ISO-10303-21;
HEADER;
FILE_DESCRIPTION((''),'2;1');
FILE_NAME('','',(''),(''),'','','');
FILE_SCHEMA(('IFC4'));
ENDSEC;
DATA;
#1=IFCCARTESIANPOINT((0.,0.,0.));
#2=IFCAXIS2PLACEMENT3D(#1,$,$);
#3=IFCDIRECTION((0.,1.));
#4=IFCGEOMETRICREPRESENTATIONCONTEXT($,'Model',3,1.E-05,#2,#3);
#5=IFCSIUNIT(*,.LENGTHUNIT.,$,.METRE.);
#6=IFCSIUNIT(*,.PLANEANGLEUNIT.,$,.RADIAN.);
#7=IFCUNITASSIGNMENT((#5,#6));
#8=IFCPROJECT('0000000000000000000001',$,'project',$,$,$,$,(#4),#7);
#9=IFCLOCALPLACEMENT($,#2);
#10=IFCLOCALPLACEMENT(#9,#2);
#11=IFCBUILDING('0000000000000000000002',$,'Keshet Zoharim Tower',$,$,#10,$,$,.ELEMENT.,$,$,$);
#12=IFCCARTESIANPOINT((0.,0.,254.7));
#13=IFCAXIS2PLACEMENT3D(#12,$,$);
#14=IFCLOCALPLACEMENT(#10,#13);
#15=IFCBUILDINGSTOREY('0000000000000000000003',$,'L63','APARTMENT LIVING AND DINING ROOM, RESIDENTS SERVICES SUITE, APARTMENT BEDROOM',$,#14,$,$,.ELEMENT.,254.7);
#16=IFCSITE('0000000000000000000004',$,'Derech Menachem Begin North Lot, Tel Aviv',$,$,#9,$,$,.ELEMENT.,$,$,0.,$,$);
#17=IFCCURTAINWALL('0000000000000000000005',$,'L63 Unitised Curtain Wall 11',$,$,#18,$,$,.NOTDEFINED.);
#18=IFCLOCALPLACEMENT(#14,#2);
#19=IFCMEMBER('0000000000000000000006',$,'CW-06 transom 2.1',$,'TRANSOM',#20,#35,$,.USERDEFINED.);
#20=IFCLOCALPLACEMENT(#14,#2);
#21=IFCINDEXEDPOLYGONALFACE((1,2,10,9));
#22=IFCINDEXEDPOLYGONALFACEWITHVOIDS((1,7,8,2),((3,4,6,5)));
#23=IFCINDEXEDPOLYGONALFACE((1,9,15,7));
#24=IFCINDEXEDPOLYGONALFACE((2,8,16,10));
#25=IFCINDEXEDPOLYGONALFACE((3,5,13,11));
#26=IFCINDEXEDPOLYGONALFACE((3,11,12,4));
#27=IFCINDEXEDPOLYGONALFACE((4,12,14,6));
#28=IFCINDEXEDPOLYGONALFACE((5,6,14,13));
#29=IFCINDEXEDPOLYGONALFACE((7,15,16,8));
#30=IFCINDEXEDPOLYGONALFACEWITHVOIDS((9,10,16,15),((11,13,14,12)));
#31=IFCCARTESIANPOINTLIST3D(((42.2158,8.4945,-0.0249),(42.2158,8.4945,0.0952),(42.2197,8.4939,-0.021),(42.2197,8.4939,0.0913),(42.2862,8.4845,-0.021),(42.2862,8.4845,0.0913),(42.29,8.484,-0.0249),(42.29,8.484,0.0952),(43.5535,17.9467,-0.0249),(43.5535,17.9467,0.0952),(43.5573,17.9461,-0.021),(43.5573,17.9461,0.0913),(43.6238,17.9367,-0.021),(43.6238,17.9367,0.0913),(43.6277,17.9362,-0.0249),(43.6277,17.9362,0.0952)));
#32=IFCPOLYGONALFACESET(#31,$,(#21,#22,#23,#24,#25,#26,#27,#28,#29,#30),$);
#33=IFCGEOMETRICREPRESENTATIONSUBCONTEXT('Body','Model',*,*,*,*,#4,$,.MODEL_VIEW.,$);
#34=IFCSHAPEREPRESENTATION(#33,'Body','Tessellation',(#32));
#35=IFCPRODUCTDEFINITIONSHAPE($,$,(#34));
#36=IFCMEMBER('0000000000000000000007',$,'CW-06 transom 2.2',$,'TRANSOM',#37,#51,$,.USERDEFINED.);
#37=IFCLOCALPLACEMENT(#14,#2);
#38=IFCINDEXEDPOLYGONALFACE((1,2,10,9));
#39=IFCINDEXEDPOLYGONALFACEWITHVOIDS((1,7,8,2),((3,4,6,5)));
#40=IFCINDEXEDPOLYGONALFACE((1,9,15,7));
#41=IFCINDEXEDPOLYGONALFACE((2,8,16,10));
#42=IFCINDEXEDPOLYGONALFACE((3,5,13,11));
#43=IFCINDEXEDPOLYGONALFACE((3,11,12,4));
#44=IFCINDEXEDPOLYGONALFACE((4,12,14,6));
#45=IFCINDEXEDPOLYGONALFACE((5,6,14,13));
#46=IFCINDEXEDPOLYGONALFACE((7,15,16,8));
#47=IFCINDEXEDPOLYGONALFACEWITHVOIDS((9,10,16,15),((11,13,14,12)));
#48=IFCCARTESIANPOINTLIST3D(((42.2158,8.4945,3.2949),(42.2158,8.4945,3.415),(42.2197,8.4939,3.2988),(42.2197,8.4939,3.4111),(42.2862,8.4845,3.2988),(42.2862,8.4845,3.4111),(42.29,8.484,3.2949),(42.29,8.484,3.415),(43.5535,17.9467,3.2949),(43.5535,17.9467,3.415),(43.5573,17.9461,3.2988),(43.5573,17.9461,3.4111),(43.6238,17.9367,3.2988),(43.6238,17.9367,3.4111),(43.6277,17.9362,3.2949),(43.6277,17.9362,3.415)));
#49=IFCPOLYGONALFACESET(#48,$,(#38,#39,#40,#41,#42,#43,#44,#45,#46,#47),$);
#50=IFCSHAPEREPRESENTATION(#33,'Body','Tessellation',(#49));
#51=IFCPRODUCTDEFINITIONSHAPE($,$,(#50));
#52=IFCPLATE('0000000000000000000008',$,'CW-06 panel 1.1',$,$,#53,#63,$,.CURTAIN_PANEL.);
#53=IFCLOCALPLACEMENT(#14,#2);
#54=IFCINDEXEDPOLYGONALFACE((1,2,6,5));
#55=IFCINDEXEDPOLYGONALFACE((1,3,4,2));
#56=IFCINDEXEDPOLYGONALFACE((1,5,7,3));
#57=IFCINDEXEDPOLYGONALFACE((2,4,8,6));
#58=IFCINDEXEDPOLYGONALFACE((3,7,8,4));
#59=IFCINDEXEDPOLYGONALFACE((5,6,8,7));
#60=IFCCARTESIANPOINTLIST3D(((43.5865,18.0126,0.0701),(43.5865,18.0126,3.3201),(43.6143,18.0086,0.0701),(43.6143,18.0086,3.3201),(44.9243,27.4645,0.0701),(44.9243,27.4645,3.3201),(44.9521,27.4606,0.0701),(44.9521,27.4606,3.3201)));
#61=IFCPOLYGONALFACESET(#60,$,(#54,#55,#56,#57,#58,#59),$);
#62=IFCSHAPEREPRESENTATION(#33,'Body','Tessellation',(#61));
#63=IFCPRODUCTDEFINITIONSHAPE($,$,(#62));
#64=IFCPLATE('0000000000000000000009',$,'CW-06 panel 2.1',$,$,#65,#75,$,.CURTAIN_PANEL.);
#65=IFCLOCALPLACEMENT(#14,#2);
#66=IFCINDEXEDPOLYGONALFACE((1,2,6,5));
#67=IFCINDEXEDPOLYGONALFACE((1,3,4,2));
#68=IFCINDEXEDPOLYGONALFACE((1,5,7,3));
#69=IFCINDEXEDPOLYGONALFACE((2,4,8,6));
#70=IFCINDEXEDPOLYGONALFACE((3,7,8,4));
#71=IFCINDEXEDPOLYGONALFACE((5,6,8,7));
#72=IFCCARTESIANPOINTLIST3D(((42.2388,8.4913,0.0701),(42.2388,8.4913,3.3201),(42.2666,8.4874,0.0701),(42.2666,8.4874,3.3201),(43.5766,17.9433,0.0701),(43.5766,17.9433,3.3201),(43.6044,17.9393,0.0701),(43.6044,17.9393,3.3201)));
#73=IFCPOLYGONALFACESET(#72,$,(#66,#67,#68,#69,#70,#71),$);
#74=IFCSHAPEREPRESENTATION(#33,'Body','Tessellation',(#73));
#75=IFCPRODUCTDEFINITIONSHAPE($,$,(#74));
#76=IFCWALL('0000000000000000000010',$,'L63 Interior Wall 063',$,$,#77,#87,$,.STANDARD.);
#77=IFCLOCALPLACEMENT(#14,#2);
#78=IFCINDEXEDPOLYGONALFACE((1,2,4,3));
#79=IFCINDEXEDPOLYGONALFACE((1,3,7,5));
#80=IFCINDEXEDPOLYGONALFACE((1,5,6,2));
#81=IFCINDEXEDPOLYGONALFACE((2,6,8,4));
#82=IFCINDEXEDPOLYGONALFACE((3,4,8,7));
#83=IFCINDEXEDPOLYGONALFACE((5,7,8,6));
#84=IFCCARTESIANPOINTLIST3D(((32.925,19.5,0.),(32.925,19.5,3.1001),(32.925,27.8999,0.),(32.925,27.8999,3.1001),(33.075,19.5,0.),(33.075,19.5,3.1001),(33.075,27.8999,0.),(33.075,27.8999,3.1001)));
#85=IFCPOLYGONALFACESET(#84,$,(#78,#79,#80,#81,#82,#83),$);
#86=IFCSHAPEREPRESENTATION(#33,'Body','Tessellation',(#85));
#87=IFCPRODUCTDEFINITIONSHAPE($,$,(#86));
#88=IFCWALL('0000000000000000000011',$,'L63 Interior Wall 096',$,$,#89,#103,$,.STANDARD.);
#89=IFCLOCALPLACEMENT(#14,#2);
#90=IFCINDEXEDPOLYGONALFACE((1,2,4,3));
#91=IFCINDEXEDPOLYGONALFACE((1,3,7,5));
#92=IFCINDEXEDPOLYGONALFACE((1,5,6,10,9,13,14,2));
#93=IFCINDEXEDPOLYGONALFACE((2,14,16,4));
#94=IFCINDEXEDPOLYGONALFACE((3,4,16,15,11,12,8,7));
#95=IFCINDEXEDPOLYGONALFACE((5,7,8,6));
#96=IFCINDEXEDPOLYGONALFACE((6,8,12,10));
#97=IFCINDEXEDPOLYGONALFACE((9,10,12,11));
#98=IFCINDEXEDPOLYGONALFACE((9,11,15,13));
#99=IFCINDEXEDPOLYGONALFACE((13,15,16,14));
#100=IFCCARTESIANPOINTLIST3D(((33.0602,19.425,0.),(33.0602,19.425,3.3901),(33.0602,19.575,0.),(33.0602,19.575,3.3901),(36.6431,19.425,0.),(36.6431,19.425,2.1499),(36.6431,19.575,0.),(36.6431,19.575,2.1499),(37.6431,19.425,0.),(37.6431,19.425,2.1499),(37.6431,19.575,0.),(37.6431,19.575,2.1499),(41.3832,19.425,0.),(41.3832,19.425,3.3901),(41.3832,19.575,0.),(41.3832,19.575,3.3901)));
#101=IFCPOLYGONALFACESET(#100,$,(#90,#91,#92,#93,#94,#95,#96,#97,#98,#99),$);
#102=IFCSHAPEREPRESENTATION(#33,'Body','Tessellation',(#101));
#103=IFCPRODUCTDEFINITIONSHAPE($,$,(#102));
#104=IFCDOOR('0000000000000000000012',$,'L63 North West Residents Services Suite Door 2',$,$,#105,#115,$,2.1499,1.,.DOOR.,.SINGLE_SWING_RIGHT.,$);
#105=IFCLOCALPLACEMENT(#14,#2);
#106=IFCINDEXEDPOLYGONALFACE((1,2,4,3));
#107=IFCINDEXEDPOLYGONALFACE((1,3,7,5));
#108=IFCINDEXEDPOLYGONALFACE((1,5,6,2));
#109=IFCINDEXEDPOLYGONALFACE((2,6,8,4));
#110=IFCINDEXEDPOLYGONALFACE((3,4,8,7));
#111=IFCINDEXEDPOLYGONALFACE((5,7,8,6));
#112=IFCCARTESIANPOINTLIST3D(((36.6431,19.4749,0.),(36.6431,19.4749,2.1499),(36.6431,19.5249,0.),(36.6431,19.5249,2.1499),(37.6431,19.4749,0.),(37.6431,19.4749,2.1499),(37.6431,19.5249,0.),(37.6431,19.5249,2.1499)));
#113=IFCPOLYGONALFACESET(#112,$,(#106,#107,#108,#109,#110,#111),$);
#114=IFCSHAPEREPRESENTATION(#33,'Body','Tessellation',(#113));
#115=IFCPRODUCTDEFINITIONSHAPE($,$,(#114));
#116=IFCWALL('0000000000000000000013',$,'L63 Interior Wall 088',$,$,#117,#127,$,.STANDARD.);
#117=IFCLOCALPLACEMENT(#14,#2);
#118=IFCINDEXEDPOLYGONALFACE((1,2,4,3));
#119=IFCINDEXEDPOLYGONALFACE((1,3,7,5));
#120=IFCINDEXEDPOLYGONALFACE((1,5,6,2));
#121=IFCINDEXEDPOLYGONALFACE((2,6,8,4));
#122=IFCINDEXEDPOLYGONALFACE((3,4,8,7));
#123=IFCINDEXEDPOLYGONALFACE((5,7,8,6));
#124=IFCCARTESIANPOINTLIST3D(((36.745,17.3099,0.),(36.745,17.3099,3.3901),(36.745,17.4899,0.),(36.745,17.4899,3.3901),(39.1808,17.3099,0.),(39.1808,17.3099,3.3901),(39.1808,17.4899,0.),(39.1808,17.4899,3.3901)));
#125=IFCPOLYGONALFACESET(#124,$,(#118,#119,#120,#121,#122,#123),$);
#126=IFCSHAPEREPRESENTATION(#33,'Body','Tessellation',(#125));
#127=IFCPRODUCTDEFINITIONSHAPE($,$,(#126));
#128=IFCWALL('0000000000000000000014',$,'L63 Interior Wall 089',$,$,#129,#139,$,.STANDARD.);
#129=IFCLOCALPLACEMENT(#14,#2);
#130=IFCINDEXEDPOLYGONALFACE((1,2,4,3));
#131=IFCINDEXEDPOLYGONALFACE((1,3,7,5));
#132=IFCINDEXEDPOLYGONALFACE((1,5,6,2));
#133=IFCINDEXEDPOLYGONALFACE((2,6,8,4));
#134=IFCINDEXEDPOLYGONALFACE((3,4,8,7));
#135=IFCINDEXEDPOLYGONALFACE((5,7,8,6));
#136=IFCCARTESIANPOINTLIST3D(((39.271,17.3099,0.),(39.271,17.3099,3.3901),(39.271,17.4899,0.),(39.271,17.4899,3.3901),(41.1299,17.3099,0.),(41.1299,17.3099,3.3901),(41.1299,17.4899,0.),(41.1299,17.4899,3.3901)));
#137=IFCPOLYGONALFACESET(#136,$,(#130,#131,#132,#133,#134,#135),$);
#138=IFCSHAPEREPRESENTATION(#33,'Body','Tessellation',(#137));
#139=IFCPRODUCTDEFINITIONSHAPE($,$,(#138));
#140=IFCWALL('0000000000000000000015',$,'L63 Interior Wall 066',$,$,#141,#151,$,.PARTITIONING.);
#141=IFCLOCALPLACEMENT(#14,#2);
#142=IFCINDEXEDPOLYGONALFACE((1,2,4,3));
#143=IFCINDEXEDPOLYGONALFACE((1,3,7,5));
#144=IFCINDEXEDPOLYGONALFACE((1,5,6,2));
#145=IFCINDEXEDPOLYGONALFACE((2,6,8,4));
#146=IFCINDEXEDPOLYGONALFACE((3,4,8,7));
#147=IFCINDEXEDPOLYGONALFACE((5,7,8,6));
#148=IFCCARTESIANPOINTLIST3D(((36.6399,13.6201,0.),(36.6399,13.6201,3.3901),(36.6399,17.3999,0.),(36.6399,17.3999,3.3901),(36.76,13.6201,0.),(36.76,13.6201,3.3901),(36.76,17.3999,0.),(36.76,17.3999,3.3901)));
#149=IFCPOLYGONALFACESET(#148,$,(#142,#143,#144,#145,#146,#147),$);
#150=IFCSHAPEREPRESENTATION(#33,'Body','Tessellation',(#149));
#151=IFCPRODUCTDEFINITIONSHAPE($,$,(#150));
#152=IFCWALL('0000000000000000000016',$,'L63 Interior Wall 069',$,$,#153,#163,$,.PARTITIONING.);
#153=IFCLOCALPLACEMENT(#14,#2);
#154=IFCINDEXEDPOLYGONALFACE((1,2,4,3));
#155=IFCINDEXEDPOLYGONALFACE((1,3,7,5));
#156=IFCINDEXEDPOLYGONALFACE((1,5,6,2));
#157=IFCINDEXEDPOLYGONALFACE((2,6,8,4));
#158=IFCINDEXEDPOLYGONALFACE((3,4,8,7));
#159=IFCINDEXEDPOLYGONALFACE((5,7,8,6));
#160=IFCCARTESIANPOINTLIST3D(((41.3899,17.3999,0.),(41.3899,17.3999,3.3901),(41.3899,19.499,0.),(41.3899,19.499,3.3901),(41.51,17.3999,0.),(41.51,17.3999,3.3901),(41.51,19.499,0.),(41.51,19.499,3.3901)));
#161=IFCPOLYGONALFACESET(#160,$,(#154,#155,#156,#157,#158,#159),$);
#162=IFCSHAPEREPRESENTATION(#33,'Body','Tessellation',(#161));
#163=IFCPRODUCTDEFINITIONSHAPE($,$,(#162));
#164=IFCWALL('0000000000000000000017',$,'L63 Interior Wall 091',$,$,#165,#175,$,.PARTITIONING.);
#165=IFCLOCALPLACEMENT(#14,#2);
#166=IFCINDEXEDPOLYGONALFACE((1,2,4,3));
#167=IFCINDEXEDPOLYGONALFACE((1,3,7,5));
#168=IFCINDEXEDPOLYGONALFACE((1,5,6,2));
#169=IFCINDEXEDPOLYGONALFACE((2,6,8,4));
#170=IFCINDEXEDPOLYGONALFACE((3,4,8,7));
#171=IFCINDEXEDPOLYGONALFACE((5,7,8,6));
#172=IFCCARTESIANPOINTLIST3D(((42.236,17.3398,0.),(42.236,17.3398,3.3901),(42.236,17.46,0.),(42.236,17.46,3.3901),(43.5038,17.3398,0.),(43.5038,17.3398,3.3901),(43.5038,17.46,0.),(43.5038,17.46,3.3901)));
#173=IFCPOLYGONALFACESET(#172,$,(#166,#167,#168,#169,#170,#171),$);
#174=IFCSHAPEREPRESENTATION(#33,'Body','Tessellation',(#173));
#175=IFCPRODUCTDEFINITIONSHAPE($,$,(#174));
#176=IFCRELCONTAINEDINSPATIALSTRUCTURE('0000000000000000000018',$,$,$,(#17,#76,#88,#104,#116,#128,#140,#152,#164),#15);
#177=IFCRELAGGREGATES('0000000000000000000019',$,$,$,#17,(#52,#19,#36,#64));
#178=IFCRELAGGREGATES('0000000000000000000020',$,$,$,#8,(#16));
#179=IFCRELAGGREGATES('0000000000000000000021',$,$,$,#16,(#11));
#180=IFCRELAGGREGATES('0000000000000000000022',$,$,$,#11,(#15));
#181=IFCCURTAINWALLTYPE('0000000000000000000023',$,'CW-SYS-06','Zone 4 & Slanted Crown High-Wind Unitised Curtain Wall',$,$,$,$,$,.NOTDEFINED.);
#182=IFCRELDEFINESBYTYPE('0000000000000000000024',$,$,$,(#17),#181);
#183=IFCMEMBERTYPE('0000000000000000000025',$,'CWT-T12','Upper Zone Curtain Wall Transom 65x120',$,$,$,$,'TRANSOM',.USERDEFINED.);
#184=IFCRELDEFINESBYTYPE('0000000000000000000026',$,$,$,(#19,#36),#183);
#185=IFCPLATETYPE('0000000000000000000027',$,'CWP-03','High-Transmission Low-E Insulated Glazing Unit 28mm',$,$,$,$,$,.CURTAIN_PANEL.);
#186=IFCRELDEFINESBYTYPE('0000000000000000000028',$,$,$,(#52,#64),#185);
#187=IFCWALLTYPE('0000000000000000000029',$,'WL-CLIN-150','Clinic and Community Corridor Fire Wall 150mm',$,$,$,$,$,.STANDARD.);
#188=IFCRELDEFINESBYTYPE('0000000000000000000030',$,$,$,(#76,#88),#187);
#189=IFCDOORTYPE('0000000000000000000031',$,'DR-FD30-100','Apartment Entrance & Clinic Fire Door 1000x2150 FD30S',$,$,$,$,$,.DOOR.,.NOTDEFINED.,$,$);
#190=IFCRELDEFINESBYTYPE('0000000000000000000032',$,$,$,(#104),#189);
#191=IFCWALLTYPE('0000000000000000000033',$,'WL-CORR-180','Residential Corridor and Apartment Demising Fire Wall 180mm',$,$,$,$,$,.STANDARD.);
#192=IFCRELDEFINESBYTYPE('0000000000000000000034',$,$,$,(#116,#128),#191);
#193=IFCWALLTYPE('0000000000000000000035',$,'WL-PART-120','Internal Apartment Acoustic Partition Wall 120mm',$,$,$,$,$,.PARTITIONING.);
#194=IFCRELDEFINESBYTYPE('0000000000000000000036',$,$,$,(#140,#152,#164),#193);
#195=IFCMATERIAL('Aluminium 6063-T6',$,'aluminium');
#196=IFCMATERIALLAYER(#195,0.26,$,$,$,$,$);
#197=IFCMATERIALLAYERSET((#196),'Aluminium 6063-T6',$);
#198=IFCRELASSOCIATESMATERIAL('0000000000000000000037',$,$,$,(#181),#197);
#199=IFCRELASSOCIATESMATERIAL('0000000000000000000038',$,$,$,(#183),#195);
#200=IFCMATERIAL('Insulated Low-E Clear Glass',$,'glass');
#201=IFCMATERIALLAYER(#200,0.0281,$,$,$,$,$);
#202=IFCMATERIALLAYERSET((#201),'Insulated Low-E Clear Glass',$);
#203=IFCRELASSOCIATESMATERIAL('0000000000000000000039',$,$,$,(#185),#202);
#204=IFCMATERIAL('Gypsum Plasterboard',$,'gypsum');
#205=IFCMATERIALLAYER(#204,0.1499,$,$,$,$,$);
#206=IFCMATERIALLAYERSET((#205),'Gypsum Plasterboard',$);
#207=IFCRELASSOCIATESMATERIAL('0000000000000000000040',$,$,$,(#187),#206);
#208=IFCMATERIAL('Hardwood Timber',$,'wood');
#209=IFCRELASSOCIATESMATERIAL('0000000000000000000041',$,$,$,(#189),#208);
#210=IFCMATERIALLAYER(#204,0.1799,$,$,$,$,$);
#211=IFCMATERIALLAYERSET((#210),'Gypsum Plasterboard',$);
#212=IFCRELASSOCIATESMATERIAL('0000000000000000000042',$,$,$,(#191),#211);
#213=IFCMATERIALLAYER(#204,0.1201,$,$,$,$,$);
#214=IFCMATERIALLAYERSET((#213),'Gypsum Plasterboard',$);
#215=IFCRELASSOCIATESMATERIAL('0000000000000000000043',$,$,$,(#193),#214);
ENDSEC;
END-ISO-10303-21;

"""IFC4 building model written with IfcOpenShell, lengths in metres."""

from ifc_helpers import new_model, si_unit, direction, frame, frame_2d, origin, origin_2d, place, context, subcontext, project, spatial, rectangle, hollow_rectangle, extrude, material, layer, layer_set, material_profile, profile_set, type_object, element, fill, aggregate, save


model = new_model("IFC4")

# Units and contexts
model_context = context("Model", 3, precision=1e-05, world=origin(), true_north=direction((0.0, 1.0)))
body_context = subcontext(model_context, "Body", "Model", "MODEL_VIEW")
ifc_project = project(units=[si_unit("LENGTHUNIT", "METRE"), si_unit("PLANEANGLEUNIT", "RADIAN")], contexts=[model_context])

# Site, building, storey
site_placement = place(None, origin())
site = spatial("IfcSite", under=ifc_project, at=site_placement, Name="Derech Menachem Begin North Lot, Tel Aviv", CompositionType="ELEMENT", RefElevation=0.0)
building_placement = place(site_placement, origin())
building = spatial("IfcBuilding", under=site, at=building_placement, Name="Keshet Zoharim Tower", CompositionType="ELEMENT")
storey_placement = place(building_placement, frame((0.0, 0.0, 254.7)))
storey = spatial("IfcBuildingStorey", under=building, at=storey_placement, Name="L63", Description="APARTMENT LIVING AND DINING ROOM, RESIDENTS SERVICES SUITE, APARTMENT BEDROOM", CompositionType="ELEMENT", Elevation=254.7)

# Curtain wall, members, plates
ifc_material_1 = material(Name="Aluminium 6063-T6", Category="aluminium")
ifc_layer_1 = layer(ifc_material_1, 0.26)
ifc_layer_set_1 = layer_set([ifc_layer_1], Name="Aluminium 6063-T6")
curtain_wall_type = type_object("IfcCurtainWallType", Name="CW-SYS-06", Description="Zone 4 & Slanted Crown High-Wind Unitised Curtain Wall", PredefinedType="NOTDEFINED", material=ifc_layer_set_1)
curtain_wall_placement = place(storey_placement, origin())
curtain_wall = element("IfcCurtainWall", 1, at=curtain_wall_placement, inside=storey, type_object=curtain_wall_type, Name="L63 Unitised Curtain Wall 11", PredefinedType="NOTDEFINED")
ifc_material_profile_1 = material_profile(ifc_material_1, hollow_rectangle(XDim=0.075, YDim=0.1201, WallThickness=0.0039, at=origin_2d()), Name="TRN-75x120")
ifc_profile_set_1 = profile_set([ifc_material_profile_1], Name="Aluminium 6063-T6")
member_type_1 = type_object("IfcMemberType", Name="CWT-T12", Description="Upper Zone Curtain Wall Transom 65x120", ElementType="TRANSOM", PredefinedType="USERDEFINED", material=ifc_profile_set_1)
member_1_placement = place(storey_placement, frame((43.5906, 17.9414, 0.0352), z_axis=(-0.140122, -0.990134, 0.0), x_axis=(0.990134, -0.140122, 0.0)))
member_1 = element("IfcMember", 2, at=member_1_placement, type_object=member_type_1, Name="CW-06 transom 2.1", ObjectType="TRANSOM", PredefinedType="USERDEFINED", context=body_context, shape_type="SweptSolid", body=[
    extrude(hollow_rectangle(XDim=0.075, YDim=0.1201, WallThickness=0.0039, at=origin_2d()), origin(), (0.0, 0.0, 1.0), 9.5464),
])
member_2_placement = place(storey_placement, frame((43.5906, 17.9414, 3.355), z_axis=(-0.140122, -0.990134, 0.0), x_axis=(0.990134, -0.140122, 0.0)))
member_2 = element("IfcMember", 3, at=member_2_placement, type_object=member_type_1, Name="CW-06 transom 2.2", ObjectType="TRANSOM", PredefinedType="USERDEFINED", context=body_context, shape_type="SweptSolid", body=[
    extrude(hollow_rectangle(XDim=0.075, YDim=0.1201, WallThickness=0.0039, at=origin_2d()), origin(), (0.0, 0.0, 1.0), 9.5464),
])
ifc_material_2 = material(Name="Insulated Low-E Clear Glass", Category="glass")
ifc_layer_2 = layer(ifc_material_2, 0.0281)
ifc_layer_set_2 = layer_set([ifc_layer_2], Name="Insulated Low-E Clear Glass")
plate_type = type_object("IfcPlateType", Name="CWP-03", Description="High-Transmission Low-E Insulated Glazing Unit 28mm", PredefinedType="CURTAIN_PANEL", material=ifc_layer_set_2)
plate_1_placement = place(storey_placement, frame((44.2693, 22.7366, 0.0701), z_axis=(0.0, 0.0, 1.0), x_axis=(-0.140137, -0.990132, 0.0)))
plate_1 = element("IfcPlate", 4, at=plate_1_placement, type_object=plate_type, Name="CW-06 panel 1.1", PredefinedType="CURTAIN_PANEL", context=body_context, shape_type="SweptSolid", body=[
    extrude(rectangle(XDim=9.5461, YDim=0.0281, at=origin_2d()), origin(), (0.0, 0.0, 1.0), 3.25),
])
plate_2_placement = place(storey_placement, frame((42.9216, 13.2153, 0.0701), z_axis=(0.0, 0.0, 1.0), x_axis=(-0.140137, -0.990132, 0.0)))
plate_2 = element("IfcPlate", 5, at=plate_2_placement, type_object=plate_type, Name="CW-06 panel 2.1", PredefinedType="CURTAIN_PANEL", context=body_context, shape_type="SweptSolid", body=[
    extrude(rectangle(XDim=9.5461, YDim=0.0281, at=origin_2d()), origin(), (0.0, 0.0, 1.0), 3.25),
])
aggregate(curtain_wall, [plate_1, member_1, member_2, plate_2])

# Wall
ifc_material_3 = material(Name="Gypsum Plasterboard", Category="gypsum")
ifc_layer_3 = layer(ifc_material_3, 0.1499)
ifc_layer_set_3 = layer_set([ifc_layer_3], Name="Gypsum Plasterboard")
wall_type_1 = type_object("IfcWallType", Name="WL-CLIN-150", Description="Clinic and Community Corridor Fire Wall 150mm", PredefinedType="STANDARD", material=ifc_layer_set_3)
wall_1_placement = place(storey_placement, frame((33.0, 19.5, 0.0), z_axis=(0.0, 0.0, 1.0), x_axis=(0.0, 1.0, 0.0)))
element("IfcWall", 6, at=wall_1_placement, inside=storey, type_object=wall_type_1, Name="L63 Interior Wall 063", PredefinedType="STANDARD", context=body_context, shape_type="SweptSolid", body=[
    extrude(rectangle(XDim=8.3999, YDim=0.1499, at=frame_2d((4.2, 0.0))), origin(), (0.0, 0.0, 1.0), 3.1001),
])

# Wall, opening, door
wall_2_placement = place(storey_placement, frame((33.0601, 19.5, 0.0), z_axis=(0.0, 0.0, 1.0), x_axis=(1.0, 0.0, 0.0)))
wall_2 = element("IfcWall", 7, at=wall_2_placement, inside=storey, type_object=wall_type_1, Name="L63 Interior Wall 096", PredefinedType="STANDARD", context=body_context, shape_type="SweptSolid", body=[
    extrude(rectangle(XDim=8.323, YDim=0.1499, at=frame_2d((4.1616, 0.0))), origin(), (0.0, 0.0, 1.0), 3.3901),
])
opening_1_placement = place(wall_2_placement, frame((3.583, 0.0, 0.0)))
opening_1 = element("IfcOpeningElement", 8, at=opening_1_placement, cuts=wall_2, PredefinedType="OPENING", context=body_context, shape_type="SweptSolid", body=[
    extrude(rectangle(XDim=1.0, YDim=2.1499, at=frame_2d((0.5, 1.075))), frame((0.0, 0.085, 0.0), z_axis=(0.0, -1.0, 0.0), x_axis=(1.0, 0.0, 0.0)), (0.0, 0.0, 1.0), 0.1699),
])
ifc_material_4 = material(Name="Hardwood Timber", Category="wood")
door_type_1 = type_object("IfcDoorType", Name="DR-FD30-100", Description="Apartment Entrance & Clinic Fire Door 1000x2150 FD30S", OperationType="NOTDEFINED", PredefinedType="DOOR", material=ifc_material_4)
door_1_placement = place(opening_1_placement, origin())
door_1 = element("IfcDoor", 9, at=door_1_placement, inside=storey, type_object=door_type_1, Name="L63 North West Residents Services Suite Door 2", OperationType="SINGLE_SWING_RIGHT", OverallHeight=2.1499, OverallWidth=1.0, PredefinedType="DOOR", context=body_context, shape_type="SweptSolid", body=[
    extrude(rectangle(XDim=1.0, YDim=2.1499, at=frame_2d((0.5, 1.075))), frame((0.0, 0.0249, 0.0), z_axis=(0.0, -1.0, 0.0), x_axis=(1.0, 0.0, 0.0)), (0.0, 0.0, 1.0), 0.05),
])
fill(opening_1, door_1)

# Walls
ifc_layer_4 = layer(ifc_material_3, 0.1799)
ifc_layer_set_4 = layer_set([ifc_layer_4], Name="Gypsum Plasterboard")
wall_type_2 = type_object("IfcWallType", Name="WL-CORR-180", Description="Residential Corridor and Apartment Demising Fire Wall 180mm", PredefinedType="STANDARD", material=ifc_layer_set_4)
wall_3_placement = place(storey_placement, frame((36.7451, 17.3999, 0.0), z_axis=(0.0, 0.0, 1.0), x_axis=(1.0, 0.0, 0.0)))
element("IfcWall", 10, at=wall_3_placement, inside=storey, type_object=wall_type_2, Name="L63 Interior Wall 088", PredefinedType="STANDARD", context=body_context, shape_type="SweptSolid", body=[
    extrude(rectangle(XDim=2.4358, YDim=0.1799, at=frame_2d((1.2178, 0.0))), origin(), (0.0, 0.0, 1.0), 3.3901),
])
wall_4_placement = place(storey_placement, frame((39.271, 17.3999, 0.0), z_axis=(0.0, 0.0, 1.0), x_axis=(1.0, 0.0, 0.0)))
element("IfcWall", 11, at=wall_4_placement, inside=storey, type_object=wall_type_2, Name="L63 Interior Wall 089", PredefinedType="STANDARD", context=body_context, shape_type="SweptSolid", body=[
    extrude(rectangle(XDim=1.8589, YDim=0.1799, at=frame_2d((0.9294, 0.0))), origin(), (0.0, 0.0, 1.0), 3.3901),
])
ifc_layer_5 = layer(ifc_material_3, 0.1201)
ifc_layer_set_5 = layer_set([ifc_layer_5], Name="Gypsum Plasterboard")
wall_type_3 = type_object("IfcWallType", Name="WL-PART-120", Description="Internal Apartment Acoustic Partition Wall 120mm", PredefinedType="PARTITIONING", material=ifc_layer_set_5)
wall_5_placement = place(storey_placement, frame((36.7, 13.6201, 0.0), z_axis=(0.0, 0.0, 1.0), x_axis=(0.0, 1.0, 0.0)))
element("IfcWall", 12, at=wall_5_placement, inside=storey, type_object=wall_type_3, Name="L63 Interior Wall 066", PredefinedType="PARTITIONING", context=body_context, shape_type="SweptSolid", body=[
    extrude(rectangle(XDim=3.7798, YDim=0.1201, at=frame_2d((1.8899, 0.0))), origin(), (0.0, 0.0, 1.0), 3.3901),
])
wall_6_placement = place(storey_placement, frame((41.45, 17.3999, 0.0), z_axis=(0.0, 0.0, 1.0), x_axis=(0.0, 1.0, 0.0)))
element("IfcWall", 13, at=wall_6_placement, inside=storey, type_object=wall_type_3, Name="L63 Interior Wall 069", PredefinedType="PARTITIONING", context=body_context, shape_type="SweptSolid", body=[
    extrude(rectangle(XDim=2.0991, YDim=0.1201, at=frame_2d((1.0496, 0.0))), origin(), (0.0, 0.0, 1.0), 3.3901),
])

# Wall
wall_7_placement = place(storey_placement, frame((42.2361, 17.3999, 0.0), z_axis=(0.0, 0.0, 1.0), x_axis=(1.0, 0.0, 0.0)))
element("IfcWall", 14, at=wall_7_placement, inside=storey, type_object=wall_type_3, Name="L63 Interior Wall 091", PredefinedType="PARTITIONING", context=body_context, shape_type="SweptSolid", body=[
    extrude(rectangle(XDim=1.2678, YDim=0.1201, at=frame_2d((0.6338, 0.0))), origin(), (0.0, 0.0, 1.0), 3.3901),
])

save(model, "model.ifc")
